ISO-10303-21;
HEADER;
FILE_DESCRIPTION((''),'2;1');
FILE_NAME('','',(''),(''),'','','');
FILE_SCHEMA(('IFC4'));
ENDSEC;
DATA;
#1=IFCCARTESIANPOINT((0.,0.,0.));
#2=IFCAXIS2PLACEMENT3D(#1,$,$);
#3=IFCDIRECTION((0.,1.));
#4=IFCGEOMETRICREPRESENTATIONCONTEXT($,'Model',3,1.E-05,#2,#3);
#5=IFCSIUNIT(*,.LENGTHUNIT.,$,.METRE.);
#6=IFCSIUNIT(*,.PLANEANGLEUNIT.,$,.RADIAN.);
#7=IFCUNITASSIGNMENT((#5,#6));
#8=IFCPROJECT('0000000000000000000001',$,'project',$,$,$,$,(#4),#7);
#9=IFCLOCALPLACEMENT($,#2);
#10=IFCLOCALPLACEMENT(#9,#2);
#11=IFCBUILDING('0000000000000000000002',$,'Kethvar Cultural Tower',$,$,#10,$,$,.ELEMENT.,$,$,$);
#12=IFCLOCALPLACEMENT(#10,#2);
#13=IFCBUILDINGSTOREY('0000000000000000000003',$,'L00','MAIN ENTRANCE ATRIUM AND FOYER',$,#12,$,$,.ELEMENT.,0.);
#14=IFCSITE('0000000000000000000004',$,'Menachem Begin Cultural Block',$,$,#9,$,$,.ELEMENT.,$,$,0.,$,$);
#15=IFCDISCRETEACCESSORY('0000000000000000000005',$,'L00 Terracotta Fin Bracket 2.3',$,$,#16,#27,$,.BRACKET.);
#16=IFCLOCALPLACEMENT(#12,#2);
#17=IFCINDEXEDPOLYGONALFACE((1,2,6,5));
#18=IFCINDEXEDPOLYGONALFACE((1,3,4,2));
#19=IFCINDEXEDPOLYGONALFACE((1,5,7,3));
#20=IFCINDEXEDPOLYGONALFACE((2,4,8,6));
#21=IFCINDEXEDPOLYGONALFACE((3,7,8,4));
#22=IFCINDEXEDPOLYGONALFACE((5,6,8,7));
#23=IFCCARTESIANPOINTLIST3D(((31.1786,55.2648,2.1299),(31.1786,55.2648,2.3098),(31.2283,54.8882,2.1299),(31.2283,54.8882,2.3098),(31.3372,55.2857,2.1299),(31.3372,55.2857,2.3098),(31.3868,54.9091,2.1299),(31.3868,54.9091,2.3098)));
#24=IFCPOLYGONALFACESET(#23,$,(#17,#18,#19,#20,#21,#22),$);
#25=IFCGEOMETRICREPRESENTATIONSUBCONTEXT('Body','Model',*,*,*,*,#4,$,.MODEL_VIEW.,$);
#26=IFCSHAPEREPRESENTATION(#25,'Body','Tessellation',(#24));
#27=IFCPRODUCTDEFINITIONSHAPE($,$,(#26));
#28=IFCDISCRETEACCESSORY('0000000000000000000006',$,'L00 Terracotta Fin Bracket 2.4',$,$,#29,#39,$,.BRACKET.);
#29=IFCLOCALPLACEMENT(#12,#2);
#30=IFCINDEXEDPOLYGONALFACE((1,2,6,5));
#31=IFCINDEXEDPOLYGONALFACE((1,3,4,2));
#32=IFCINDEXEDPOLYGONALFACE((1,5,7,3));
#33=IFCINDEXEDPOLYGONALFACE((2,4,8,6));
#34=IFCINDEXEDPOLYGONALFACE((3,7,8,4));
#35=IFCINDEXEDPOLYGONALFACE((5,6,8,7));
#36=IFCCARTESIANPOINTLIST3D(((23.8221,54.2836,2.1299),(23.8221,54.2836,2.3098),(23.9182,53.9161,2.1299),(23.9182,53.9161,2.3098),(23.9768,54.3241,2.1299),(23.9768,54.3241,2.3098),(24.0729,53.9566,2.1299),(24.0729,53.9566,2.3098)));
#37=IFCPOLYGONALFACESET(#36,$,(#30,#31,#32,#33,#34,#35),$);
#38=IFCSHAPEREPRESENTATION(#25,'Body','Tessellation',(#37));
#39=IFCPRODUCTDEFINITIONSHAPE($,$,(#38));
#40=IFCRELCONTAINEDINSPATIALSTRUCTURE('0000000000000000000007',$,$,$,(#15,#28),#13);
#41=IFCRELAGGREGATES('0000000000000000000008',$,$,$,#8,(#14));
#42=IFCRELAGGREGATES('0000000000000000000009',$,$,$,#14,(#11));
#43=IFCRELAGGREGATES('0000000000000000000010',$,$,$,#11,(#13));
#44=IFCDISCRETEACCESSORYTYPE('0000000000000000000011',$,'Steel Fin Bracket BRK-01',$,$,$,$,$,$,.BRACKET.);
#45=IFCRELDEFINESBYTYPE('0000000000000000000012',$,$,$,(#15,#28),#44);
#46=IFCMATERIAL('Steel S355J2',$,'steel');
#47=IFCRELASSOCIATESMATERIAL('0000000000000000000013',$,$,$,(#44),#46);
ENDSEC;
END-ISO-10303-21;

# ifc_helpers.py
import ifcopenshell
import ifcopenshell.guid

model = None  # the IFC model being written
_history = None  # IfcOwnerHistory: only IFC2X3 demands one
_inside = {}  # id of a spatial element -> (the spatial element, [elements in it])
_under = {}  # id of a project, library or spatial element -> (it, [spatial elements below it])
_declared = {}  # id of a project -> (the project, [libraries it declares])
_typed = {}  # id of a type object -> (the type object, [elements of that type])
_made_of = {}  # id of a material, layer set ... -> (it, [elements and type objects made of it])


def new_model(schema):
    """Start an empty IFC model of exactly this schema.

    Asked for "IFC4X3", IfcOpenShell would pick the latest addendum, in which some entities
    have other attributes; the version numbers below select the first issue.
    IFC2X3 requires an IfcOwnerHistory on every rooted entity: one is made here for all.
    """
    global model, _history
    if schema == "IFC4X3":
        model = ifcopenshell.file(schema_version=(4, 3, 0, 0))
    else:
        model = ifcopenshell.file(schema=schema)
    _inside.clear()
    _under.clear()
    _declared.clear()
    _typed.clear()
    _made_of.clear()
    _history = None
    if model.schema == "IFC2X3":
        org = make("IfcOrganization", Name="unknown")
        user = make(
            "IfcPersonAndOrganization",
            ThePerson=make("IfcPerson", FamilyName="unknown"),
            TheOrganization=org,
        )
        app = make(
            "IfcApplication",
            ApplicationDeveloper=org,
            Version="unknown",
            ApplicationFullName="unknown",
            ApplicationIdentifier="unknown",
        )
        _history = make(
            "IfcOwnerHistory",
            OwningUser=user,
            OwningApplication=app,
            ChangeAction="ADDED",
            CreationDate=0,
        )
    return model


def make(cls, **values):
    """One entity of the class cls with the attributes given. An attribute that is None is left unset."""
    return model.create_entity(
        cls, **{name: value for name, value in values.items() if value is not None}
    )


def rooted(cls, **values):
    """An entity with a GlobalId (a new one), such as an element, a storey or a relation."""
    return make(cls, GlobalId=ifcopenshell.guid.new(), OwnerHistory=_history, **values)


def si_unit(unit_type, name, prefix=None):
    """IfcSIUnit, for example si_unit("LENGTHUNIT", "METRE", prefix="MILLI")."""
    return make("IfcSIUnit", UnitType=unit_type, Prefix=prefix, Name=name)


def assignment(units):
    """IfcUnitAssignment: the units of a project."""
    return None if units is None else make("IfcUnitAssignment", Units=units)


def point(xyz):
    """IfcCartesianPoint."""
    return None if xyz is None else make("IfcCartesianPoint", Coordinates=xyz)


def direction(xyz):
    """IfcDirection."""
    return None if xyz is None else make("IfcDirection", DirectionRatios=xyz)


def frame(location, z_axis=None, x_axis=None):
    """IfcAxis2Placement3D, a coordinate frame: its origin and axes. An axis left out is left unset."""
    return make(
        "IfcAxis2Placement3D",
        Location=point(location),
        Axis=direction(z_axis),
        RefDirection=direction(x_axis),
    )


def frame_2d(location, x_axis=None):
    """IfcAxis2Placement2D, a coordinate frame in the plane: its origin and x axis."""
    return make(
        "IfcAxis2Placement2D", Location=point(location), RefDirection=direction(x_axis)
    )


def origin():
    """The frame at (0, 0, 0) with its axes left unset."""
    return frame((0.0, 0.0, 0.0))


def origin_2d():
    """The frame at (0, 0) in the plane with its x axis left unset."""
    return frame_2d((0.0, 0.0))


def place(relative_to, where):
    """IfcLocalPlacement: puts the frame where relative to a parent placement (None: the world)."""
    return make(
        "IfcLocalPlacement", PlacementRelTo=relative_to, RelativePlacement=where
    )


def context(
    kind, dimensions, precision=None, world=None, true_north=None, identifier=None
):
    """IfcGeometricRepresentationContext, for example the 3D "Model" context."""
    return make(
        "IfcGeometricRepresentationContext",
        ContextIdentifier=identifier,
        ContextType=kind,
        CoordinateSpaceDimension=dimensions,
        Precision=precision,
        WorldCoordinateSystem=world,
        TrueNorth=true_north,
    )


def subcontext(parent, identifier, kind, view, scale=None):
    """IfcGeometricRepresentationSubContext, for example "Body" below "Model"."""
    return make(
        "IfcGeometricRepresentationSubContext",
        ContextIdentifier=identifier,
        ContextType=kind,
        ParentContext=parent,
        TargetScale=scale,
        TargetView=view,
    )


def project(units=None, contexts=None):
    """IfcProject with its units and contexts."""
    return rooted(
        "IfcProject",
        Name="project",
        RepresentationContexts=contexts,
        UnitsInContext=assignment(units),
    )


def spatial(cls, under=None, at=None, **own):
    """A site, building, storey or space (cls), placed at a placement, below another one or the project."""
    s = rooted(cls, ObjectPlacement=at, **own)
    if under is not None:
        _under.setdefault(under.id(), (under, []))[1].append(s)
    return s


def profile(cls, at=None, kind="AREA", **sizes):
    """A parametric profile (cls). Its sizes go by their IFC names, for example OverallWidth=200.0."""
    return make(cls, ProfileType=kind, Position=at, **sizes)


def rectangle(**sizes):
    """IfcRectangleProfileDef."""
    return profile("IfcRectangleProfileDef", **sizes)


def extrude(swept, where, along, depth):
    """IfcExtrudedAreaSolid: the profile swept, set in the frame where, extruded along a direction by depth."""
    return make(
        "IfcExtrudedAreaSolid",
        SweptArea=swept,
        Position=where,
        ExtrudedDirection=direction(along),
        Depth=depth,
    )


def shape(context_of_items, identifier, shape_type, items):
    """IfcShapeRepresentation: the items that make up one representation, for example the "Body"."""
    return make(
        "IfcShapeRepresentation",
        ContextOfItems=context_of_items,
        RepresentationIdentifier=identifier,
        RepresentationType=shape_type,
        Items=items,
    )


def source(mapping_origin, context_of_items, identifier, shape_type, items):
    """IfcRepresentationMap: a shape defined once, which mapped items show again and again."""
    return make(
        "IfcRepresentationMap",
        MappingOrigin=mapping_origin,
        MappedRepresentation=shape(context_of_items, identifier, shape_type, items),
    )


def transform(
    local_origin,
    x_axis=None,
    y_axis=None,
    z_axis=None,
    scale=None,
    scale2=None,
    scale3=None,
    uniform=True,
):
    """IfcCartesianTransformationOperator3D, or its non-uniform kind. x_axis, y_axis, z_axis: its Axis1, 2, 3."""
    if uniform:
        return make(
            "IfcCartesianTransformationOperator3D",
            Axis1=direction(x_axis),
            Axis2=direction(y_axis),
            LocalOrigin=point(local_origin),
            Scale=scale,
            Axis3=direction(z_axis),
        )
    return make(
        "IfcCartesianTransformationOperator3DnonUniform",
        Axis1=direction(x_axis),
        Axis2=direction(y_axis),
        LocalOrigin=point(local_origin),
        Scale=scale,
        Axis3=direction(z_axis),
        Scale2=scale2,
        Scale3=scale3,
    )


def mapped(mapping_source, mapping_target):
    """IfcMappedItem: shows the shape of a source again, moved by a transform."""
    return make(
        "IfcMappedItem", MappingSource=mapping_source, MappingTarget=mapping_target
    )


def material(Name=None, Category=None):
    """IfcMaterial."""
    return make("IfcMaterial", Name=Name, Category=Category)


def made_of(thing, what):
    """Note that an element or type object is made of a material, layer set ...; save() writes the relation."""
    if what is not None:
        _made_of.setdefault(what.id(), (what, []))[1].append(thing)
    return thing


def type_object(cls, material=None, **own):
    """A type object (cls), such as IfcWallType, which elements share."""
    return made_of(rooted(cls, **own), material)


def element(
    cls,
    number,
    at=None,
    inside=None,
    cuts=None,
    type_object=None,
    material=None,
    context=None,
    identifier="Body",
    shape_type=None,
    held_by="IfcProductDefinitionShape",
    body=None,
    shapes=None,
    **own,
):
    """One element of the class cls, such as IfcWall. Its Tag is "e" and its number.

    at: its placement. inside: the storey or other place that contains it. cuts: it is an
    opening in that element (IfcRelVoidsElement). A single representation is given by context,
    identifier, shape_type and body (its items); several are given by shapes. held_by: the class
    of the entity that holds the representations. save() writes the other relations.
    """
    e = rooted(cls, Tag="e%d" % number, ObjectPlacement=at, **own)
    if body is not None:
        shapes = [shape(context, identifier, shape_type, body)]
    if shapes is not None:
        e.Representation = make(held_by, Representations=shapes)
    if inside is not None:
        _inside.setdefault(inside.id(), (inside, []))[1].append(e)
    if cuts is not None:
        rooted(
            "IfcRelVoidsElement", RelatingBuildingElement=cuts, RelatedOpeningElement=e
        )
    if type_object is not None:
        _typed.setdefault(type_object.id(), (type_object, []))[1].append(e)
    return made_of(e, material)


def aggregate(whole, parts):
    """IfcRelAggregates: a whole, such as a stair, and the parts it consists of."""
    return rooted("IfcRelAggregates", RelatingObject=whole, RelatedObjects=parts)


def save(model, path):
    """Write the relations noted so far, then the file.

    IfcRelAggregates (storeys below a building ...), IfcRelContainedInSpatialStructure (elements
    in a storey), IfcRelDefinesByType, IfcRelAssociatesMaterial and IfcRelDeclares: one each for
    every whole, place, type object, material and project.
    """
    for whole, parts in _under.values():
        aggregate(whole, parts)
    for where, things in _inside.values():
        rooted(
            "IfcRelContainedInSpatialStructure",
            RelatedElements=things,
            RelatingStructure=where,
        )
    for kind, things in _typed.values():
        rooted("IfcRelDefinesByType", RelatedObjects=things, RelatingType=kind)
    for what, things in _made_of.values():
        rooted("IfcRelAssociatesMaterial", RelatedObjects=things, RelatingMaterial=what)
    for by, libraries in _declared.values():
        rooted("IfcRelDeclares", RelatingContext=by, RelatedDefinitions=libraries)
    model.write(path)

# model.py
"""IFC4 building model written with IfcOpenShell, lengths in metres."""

from ifc_helpers import new_model, si_unit, direction, frame, origin, origin_2d, place, context, subcontext, project, spatial, rectangle, extrude, source, transform, mapped, material, type_object, element, save


model = new_model("IFC4")

# Units and contexts
model_context = context("Model", 3, precision=1e-05, world=origin(), true_north=direction((0.0, 1.0)))
body_context = subcontext(model_context, "Body", "Model", "MODEL_VIEW")
ifc_project = project(units=[si_unit("LENGTHUNIT", "METRE"), si_unit("PLANEANGLEUNIT", "RADIAN")], contexts=[model_context])

# Site, building, storey
site_placement = place(None, origin())
site = spatial("IfcSite", under=ifc_project, at=site_placement, Name="Menachem Begin Cultural Block", CompositionType="ELEMENT", RefElevation=0.0)
building_placement = place(site_placement, origin())
building = spatial("IfcBuilding", under=site, at=building_placement, Name="Kethvar Cultural Tower", CompositionType="ELEMENT")
storey_placement = place(building_placement, origin())
storey = spatial("IfcBuildingStorey", under=building, at=storey_placement, Name="L00", Description="MAIN ENTRANCE ATRIUM AND FOYER", CompositionType="ELEMENT", Elevation=0.0)

# Shared definitions
ifc_material_1 = material(Name="Steel S355J2", Category="steel")

# Discrete accessories
discrete_accessory_type = type_object("IfcDiscreteAccessoryType", Name="Steel Fin Bracket BRK-01", PredefinedType="BRACKET", material=ifc_material_1)
shared_shape_1 = source(origin(), body_context, "Body", "SweptSolid", [
    extrude(rectangle(XDim=0.3799, YDim=0.1599, at=origin_2d()), origin(), (0.0, 0.0, 1.0), 0.1799),
])
for number, where, z_axis, x_axis, name in (
    (1, (31.2827, 55.0869, 2.1299), (0.0, 0.0, 1.0), (-0.130699, 0.991422, 0.0), "L00 Terracotta Fin Bracket 2.3"),
    (2, (23.9475, 54.1201, 2.1299), (0.0, 0.0, 1.0), (-0.253083, 0.967445, 0.0), "L00 Terracotta Fin Bracket 2.4"),
):
    element("IfcDiscreteAccessory", number, at=place(storey_placement, frame(where, z_axis=z_axis, x_axis=x_axis)), inside=storey, type_object=discrete_accessory_type, Name=name, PredefinedType="BRACKET", context=body_context, shape_type="MappedRepresentation", body=[
        mapped(shared_shape_1, transform((0.0, 0.0, 0.0), scale=1.0)),
    ])

save(model, "model.ifc")
